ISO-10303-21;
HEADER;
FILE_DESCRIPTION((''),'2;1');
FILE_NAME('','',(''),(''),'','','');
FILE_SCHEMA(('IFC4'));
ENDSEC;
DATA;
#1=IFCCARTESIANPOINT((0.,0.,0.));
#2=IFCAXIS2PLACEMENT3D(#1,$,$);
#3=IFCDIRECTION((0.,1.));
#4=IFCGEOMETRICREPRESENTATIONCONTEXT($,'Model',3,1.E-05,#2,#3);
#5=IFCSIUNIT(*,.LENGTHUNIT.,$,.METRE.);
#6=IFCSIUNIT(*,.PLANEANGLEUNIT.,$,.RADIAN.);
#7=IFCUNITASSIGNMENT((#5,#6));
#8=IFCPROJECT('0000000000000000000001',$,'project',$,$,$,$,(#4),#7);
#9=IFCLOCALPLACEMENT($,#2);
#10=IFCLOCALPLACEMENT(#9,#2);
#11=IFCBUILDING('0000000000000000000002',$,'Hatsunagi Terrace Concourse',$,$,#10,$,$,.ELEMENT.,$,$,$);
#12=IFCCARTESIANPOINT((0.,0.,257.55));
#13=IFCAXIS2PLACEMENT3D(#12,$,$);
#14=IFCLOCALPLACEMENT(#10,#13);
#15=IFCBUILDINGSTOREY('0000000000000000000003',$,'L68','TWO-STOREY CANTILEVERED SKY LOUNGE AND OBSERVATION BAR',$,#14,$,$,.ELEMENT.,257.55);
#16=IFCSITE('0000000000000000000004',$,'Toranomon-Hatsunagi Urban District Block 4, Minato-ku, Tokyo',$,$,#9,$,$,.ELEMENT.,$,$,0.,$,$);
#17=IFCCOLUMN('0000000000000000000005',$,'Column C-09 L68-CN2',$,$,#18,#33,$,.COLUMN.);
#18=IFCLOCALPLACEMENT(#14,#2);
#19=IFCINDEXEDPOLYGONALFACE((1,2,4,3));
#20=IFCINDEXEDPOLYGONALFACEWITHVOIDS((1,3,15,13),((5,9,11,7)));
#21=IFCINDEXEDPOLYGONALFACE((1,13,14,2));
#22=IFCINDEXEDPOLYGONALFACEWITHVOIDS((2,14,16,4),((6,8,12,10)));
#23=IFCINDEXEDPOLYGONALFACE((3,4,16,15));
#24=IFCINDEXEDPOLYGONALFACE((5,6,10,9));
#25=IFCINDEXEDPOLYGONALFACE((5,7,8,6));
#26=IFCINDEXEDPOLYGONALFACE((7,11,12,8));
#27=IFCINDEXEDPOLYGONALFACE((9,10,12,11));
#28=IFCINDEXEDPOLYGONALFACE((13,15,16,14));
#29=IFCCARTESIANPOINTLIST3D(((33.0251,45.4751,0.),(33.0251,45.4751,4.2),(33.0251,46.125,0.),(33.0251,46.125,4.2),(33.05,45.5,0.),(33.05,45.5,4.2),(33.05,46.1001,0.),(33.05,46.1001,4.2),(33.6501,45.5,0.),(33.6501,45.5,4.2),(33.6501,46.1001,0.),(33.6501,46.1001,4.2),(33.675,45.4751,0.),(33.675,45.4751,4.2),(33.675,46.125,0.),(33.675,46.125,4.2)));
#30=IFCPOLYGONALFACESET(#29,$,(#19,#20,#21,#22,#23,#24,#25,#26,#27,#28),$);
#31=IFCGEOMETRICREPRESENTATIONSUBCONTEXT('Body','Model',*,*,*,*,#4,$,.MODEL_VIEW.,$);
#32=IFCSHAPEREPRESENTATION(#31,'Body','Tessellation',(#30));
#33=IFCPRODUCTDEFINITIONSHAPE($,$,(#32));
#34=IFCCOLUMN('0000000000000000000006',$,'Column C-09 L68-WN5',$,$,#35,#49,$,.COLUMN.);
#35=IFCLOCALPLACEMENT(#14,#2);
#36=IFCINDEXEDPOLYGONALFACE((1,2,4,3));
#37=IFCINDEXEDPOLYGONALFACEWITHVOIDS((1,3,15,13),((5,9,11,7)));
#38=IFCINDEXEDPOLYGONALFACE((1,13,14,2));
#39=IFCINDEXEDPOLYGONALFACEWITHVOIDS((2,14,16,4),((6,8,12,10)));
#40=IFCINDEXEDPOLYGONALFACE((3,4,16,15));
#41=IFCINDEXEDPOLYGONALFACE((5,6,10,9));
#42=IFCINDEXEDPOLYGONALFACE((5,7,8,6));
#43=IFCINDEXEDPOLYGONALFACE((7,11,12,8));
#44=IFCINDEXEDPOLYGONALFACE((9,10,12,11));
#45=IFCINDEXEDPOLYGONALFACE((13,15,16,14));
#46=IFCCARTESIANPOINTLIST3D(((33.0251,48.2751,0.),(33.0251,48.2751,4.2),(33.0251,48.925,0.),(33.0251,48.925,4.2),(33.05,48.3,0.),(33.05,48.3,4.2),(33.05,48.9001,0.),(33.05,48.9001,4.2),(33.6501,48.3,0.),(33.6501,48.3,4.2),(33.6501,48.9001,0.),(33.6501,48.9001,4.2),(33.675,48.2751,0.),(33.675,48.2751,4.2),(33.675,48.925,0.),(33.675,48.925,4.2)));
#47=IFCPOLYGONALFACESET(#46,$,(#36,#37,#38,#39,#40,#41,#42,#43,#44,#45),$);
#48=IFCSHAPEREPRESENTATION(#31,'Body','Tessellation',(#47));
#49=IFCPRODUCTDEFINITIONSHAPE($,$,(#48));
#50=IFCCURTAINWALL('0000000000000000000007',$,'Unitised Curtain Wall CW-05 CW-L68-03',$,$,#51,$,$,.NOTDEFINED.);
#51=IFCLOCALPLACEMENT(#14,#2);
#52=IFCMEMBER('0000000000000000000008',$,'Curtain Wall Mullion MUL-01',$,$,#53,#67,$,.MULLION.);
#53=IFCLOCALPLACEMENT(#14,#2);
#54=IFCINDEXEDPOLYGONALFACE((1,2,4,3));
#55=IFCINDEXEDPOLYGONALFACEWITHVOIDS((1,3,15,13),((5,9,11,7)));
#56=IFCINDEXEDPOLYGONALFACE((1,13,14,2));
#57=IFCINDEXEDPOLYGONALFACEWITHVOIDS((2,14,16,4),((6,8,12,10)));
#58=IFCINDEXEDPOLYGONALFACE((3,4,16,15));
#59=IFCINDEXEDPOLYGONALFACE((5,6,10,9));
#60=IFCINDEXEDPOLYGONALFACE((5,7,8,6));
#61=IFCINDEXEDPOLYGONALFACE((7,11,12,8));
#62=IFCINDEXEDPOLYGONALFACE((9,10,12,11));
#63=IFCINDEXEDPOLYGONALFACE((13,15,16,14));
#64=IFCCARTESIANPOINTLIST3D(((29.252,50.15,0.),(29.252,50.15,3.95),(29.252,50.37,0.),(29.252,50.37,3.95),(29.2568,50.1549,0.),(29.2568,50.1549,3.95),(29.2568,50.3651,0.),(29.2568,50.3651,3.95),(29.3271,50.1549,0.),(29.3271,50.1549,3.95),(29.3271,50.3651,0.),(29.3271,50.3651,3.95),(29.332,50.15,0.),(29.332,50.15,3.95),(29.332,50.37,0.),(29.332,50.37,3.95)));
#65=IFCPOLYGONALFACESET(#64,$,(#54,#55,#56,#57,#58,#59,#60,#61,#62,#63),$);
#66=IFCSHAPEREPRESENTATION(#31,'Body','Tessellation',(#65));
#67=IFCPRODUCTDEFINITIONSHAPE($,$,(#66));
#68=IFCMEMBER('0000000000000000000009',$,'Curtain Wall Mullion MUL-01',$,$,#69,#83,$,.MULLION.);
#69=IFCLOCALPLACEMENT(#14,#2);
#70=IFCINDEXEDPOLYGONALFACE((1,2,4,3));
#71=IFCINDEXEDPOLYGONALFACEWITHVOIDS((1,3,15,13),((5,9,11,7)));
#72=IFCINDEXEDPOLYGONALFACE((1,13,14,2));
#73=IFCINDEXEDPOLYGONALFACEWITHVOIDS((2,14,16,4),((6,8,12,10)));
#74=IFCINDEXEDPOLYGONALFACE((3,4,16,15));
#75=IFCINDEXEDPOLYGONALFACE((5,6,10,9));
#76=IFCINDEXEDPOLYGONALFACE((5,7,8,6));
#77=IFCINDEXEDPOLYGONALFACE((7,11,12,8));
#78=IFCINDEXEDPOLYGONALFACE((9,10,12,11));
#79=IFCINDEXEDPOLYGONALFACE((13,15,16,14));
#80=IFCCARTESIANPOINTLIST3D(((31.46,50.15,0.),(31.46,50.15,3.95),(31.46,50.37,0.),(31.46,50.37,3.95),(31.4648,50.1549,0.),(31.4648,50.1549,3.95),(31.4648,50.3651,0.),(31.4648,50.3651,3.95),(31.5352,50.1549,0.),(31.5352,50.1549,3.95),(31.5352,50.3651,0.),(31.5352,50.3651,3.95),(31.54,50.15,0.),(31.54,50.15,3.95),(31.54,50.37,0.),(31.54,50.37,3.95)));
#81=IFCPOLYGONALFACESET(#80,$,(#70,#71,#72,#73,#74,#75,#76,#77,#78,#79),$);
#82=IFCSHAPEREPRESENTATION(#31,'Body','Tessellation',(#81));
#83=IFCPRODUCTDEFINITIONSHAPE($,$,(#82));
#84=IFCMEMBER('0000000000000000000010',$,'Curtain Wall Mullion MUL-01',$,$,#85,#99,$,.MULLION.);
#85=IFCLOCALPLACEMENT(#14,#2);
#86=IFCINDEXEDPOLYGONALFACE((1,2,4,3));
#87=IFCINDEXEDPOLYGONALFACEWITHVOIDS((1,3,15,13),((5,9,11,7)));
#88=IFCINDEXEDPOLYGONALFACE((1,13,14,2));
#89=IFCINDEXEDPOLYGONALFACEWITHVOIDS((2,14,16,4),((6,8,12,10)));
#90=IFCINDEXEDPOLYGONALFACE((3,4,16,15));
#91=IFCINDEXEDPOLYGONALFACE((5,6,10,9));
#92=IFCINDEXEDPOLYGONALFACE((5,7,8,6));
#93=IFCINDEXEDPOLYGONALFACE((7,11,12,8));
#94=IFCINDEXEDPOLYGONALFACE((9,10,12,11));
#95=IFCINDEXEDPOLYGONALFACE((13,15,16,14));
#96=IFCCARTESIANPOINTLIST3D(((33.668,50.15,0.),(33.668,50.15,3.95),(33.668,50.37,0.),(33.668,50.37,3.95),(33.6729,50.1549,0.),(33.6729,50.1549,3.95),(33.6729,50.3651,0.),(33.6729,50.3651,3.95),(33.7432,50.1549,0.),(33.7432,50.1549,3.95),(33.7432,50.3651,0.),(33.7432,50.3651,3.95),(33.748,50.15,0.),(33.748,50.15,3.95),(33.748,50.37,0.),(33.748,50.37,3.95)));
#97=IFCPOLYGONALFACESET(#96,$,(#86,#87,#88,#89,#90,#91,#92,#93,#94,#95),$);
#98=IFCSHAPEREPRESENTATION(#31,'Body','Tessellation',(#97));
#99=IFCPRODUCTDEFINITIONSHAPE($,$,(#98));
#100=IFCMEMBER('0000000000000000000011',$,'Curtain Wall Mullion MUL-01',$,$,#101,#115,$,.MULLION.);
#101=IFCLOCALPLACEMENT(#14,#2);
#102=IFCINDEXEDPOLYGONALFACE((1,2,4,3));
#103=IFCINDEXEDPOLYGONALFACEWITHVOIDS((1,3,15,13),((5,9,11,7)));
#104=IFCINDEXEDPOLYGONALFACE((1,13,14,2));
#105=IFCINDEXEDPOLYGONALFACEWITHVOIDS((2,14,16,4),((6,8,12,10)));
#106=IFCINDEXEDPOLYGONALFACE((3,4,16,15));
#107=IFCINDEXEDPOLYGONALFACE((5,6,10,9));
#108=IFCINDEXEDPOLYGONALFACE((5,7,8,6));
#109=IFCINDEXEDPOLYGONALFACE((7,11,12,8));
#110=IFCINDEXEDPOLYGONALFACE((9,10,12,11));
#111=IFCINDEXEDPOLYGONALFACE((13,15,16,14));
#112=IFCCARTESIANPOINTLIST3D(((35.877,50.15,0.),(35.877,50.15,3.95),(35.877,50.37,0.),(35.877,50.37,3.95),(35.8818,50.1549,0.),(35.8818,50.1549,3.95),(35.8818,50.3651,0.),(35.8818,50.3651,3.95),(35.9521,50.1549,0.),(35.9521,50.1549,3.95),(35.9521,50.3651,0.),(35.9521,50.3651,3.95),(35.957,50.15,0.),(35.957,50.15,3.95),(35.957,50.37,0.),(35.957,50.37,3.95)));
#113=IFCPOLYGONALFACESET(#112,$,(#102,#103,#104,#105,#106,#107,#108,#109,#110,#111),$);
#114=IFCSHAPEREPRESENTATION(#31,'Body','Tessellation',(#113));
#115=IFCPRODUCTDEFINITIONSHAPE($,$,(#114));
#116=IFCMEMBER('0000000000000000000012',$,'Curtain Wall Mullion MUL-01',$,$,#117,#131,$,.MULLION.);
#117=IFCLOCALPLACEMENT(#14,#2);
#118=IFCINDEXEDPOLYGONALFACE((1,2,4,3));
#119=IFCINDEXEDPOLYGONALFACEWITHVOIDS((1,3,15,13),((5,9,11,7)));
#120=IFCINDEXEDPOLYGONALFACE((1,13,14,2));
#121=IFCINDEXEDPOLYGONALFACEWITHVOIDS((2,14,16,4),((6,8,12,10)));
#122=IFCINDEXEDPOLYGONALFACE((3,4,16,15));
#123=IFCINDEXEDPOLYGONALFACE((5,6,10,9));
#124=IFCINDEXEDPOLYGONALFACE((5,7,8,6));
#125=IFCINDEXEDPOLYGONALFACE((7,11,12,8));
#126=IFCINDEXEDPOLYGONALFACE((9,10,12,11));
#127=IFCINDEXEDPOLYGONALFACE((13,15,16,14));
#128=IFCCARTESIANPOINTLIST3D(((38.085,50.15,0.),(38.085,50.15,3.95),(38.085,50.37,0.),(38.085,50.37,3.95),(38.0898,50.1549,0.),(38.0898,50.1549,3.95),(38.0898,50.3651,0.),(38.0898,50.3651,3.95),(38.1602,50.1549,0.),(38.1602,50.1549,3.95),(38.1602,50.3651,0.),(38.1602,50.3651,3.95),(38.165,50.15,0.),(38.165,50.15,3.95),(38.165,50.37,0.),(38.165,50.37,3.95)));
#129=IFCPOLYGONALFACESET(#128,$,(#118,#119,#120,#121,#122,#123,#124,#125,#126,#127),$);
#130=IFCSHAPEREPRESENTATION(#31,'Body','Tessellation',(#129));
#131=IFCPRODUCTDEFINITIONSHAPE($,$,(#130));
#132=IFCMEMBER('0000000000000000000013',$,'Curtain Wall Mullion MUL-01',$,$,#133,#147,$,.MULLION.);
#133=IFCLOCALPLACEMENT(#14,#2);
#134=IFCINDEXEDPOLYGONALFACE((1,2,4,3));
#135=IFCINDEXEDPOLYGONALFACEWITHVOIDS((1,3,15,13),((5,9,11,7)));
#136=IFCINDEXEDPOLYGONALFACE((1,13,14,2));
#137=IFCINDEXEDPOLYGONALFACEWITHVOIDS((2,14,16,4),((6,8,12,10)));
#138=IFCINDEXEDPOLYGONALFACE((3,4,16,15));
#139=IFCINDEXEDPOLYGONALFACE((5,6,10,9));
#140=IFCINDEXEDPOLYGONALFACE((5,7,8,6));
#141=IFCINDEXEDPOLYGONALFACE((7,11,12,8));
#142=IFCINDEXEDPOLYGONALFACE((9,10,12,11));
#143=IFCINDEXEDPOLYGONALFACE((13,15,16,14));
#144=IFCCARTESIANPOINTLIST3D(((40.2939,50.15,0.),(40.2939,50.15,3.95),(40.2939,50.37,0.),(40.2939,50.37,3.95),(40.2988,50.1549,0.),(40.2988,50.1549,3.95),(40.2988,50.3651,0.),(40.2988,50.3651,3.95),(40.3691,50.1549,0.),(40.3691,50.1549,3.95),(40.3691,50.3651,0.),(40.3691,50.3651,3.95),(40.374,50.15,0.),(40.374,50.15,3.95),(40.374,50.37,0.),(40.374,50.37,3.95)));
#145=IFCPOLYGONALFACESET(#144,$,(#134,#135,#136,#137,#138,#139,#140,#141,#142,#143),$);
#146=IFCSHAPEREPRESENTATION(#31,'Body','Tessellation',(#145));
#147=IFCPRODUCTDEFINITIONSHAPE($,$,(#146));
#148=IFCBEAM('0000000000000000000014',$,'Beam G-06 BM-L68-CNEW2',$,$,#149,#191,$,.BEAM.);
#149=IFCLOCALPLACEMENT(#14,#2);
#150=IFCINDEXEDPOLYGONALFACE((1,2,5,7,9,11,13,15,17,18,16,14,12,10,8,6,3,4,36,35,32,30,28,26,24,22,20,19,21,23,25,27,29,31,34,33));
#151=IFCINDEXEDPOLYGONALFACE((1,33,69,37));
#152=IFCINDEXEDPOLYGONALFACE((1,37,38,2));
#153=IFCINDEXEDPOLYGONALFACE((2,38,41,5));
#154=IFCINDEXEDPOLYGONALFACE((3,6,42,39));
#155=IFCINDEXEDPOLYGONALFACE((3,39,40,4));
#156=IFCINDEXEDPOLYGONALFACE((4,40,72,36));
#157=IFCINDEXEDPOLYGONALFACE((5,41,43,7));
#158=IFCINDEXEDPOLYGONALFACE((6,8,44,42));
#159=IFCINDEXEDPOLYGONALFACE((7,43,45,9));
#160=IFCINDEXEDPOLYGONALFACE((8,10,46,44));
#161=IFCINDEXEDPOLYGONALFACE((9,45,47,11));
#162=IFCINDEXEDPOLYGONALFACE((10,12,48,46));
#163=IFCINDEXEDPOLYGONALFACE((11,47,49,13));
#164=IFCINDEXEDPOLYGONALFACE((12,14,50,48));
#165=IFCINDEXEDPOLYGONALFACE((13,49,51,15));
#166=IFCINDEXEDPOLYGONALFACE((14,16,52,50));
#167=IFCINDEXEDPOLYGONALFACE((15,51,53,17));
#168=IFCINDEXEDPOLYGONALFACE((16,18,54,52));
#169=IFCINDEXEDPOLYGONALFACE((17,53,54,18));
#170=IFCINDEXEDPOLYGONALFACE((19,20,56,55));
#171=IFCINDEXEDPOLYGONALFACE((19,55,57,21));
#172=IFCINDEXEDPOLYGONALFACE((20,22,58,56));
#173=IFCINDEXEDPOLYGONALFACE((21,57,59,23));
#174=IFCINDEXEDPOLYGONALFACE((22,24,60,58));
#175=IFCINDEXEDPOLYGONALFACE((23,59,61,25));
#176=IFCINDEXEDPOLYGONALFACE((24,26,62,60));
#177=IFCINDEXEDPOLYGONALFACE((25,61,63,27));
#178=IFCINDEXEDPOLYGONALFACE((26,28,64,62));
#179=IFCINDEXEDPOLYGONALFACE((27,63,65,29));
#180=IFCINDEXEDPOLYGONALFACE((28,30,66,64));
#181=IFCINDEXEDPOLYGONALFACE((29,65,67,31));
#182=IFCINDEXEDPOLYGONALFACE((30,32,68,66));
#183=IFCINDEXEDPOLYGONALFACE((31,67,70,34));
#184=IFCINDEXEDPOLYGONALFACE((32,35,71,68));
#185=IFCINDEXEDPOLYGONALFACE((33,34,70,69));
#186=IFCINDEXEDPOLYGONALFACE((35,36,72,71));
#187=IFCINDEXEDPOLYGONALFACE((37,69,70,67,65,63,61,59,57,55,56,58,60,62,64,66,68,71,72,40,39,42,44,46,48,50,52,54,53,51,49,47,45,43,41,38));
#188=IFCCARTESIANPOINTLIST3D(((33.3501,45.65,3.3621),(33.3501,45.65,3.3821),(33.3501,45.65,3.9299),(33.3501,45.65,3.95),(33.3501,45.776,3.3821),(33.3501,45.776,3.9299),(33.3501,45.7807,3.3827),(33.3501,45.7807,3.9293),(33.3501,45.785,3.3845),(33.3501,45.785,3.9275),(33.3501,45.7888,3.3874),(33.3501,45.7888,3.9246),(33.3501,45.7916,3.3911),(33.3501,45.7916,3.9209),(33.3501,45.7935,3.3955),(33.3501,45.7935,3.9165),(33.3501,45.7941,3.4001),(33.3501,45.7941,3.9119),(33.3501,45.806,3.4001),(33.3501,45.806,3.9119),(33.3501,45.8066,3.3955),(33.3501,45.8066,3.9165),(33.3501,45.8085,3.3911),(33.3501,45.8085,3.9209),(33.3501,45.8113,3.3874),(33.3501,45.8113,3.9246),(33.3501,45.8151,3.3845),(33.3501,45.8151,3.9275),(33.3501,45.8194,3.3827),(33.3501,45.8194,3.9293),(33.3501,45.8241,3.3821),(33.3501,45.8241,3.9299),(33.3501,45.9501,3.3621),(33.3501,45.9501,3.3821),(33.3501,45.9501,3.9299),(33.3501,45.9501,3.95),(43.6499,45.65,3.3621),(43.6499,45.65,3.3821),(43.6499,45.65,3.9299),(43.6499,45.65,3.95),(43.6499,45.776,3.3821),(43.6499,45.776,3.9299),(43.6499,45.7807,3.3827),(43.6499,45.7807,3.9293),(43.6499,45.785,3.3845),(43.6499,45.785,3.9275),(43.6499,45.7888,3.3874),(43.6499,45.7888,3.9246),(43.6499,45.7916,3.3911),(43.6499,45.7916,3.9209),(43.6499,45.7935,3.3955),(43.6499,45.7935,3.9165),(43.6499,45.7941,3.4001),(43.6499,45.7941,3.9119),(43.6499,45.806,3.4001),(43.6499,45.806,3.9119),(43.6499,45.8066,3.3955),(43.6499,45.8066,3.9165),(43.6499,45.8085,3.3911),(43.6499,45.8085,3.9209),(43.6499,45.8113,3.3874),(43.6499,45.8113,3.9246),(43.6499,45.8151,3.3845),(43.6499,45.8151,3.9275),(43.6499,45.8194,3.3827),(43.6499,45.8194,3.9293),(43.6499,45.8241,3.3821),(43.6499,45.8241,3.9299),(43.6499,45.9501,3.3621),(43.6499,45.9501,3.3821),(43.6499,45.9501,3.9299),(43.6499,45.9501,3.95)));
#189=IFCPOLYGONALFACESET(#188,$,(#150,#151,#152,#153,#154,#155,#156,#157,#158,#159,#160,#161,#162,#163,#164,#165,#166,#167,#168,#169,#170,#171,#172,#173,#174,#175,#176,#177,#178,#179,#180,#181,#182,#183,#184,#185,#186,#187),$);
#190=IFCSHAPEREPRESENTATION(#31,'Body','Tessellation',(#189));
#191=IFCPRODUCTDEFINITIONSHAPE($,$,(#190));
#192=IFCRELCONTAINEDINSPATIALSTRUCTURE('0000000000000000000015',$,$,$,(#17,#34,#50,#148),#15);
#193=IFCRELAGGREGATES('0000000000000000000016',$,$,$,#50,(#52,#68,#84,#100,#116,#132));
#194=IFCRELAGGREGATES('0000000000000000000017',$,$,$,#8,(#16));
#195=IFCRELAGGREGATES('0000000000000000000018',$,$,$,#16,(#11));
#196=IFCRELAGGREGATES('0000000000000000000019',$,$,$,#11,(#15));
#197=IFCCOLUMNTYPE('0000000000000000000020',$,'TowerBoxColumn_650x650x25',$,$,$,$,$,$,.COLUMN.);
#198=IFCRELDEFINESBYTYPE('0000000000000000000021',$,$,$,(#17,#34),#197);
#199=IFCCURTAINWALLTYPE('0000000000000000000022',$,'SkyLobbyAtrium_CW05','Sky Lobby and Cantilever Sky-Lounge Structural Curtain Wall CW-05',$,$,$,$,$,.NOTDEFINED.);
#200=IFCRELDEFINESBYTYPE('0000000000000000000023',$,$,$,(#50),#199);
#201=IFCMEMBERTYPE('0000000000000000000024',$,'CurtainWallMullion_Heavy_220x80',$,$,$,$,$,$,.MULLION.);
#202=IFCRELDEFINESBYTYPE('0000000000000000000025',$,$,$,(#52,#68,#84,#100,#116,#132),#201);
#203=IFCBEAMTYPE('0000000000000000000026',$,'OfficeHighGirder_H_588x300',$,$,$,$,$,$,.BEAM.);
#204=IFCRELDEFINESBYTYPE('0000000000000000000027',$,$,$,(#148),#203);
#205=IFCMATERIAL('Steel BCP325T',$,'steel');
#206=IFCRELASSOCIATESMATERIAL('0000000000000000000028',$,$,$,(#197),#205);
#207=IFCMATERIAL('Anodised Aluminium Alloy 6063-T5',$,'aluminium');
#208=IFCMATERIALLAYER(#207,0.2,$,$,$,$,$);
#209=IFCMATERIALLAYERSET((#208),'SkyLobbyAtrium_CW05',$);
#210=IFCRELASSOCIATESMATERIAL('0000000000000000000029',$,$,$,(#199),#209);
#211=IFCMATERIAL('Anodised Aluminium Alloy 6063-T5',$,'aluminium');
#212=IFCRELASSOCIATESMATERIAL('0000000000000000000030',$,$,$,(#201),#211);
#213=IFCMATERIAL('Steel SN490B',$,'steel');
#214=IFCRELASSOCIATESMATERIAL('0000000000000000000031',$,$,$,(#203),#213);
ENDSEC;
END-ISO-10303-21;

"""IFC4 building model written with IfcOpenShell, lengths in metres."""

from ifc_helpers import new_model, si_unit, direction, frame, origin, origin_2d, place, context, subcontext, project, spatial, hollow_rectangle, i_section, extrude, material, layer, layer_set, material_profile, profile_set, type_object, element, aggregate, save


model = new_model("IFC4")

# Units and contexts
model_context = context("Model", 3, precision=1e-05, world=origin(), true_north=direction((0.0, 1.0)))
body_context = subcontext(model_context, "Body", "Model", "MODEL_VIEW")
ifc_project = project(units=[si_unit("LENGTHUNIT", "METRE"), si_unit("PLANEANGLEUNIT", "RADIAN")], contexts=[model_context])

# Site, building, storey
site_placement = place(None, origin())
site = spatial("IfcSite", under=ifc_project, at=site_placement, Name="Toranomon-Hatsunagi Urban District Block 4, Minato-ku, Tokyo", CompositionType="ELEMENT", RefElevation=0.0)
building_placement = place(site_placement, origin())
building = spatial("IfcBuilding", under=site, at=building_placement, Name="Hatsunagi Terrace Concourse", CompositionType="ELEMENT")
storey_placement = place(building_placement, frame((0.0, 0.0, 257.55)))
storey = spatial("IfcBuildingStorey", under=building, at=storey_placement, Name="L68", Description="TWO-STOREY CANTILEVERED SKY LOUNGE AND OBSERVATION BAR", CompositionType="ELEMENT", Elevation=257.55)

# Columns
ifc_material_1 = material(Name="Steel BCP325T", Category="steel")
ifc_material_profile_1 = material_profile(ifc_material_1, hollow_rectangle(XDim=0.6499, YDim=0.6499, WallThickness=0.0249, at=origin_2d()), Name="BCP-650x650x25")
ifc_profile_set_1 = profile_set([ifc_material_profile_1], Name="Steel BCP325T")
column_type = type_object("IfcColumnType", Name="TowerBoxColumn_650x650x25", PredefinedType="COLUMN", material=ifc_profile_set_1)
for number, where, z_axis, x_axis, name in (
    (1, (33.3501, 45.8, 0.0), (0.0, 0.0, 1.0), (1.0, 0.0, 0.0), "Column C-09 L68-CN2"),
    (2, (33.3501, 48.6001, 0.0), (0.0, 0.0, 1.0), (1.0, 0.0, 0.0), "Column C-09 L68-WN5"),
):
    element("IfcColumn", number, at=place(storey_placement, frame(where, z_axis=z_axis, x_axis=x_axis)), inside=storey, type_object=column_type, Name=name, PredefinedType="COLUMN", context=body_context, shape_type="SweptSolid", body=[
        extrude(hollow_rectangle(XDim=0.6499, YDim=0.6499, WallThickness=0.0249, at=origin_2d()), origin(), (0.0, 0.0, 1.0), 4.2),
    ])

# Curtain wall, members
ifc_material_2 = material(Name="Anodised Aluminium Alloy 6063-T5", Category="aluminium")
ifc_layer_1 = layer(ifc_material_2, 0.2)
ifc_layer_set_1 = layer_set([ifc_layer_1], Name="SkyLobbyAtrium_CW05")
curtain_wall_type = type_object("IfcCurtainWallType", Name="SkyLobbyAtrium_CW05", Description="Sky Lobby and Cantilever Sky-Lounge Structural Curtain Wall CW-05", PredefinedType="NOTDEFINED", material=ifc_layer_set_1)
curtain_wall_placement = place(storey_placement, origin())
curtain_wall = element("IfcCurtainWall", 3, at=curtain_wall_placement, inside=storey, type_object=curtain_wall_type, Name="Unitised Curtain Wall CW-05 CW-L68-03", PredefinedType="NOTDEFINED")
ifc_material_3 = material(Name="Anodised Aluminium Alloy 6063-T5", Category="aluminium")
ifc_material_profile_2 = material_profile(ifc_material_3, hollow_rectangle(XDim=0.0801, YDim=0.22, WallThickness=0.0049, at=origin_2d()), Name="ALU-MUL-220x80x5")
ifc_profile_set_2 = profile_set([ifc_material_profile_2], Name="Anodised Aluminium Alloy 6063-T5")
member_type = type_object("IfcMemberType", Name="CurtainWallMullion_Heavy_220x80", PredefinedType="MULLION", material=ifc_profile_set_2)
member_1_placement = place(storey_placement, frame((29.292, 50.26, 0.0), z_axis=(0.0, 0.0, 1.0), x_axis=(1.0, 0.0, 0.0)))
member_1 = element("IfcMember", 4, at=member_1_placement, type_object=member_type, Name="Curtain Wall Mullion MUL-01", PredefinedType="MULLION", context=body_context, shape_type="SweptSolid", body=[
    extrude(hollow_rectangle(XDim=0.0801, YDim=0.22, WallThickness=0.0049, at=origin_2d()), origin(), (0.0, 0.0, 1.0), 3.95),
])
member_2_placement = place(storey_placement, frame((31.5, 50.26, 0.0), z_axis=(0.0, 0.0, 1.0), x_axis=(1.0, 0.0, 0.0)))
member_2 = element("IfcMember", 5, at=member_2_placement, type_object=member_type, Name="Curtain Wall Mullion MUL-01", PredefinedType="MULLION", context=body_context, shape_type="SweptSolid", body=[
    extrude(hollow_rectangle(XDim=0.0801, YDim=0.22, WallThickness=0.0049, at=origin_2d()), origin(), (0.0, 0.0, 1.0), 3.95),
])
member_3_placement = place(storey_placement, frame((33.708, 50.26, 0.0), z_axis=(0.0, 0.0, 1.0), x_axis=(1.0, 0.0, 0.0)))
member_3 = element("IfcMember", 6, at=member_3_placement, type_object=member_type, Name="Curtain Wall Mullion MUL-01", PredefinedType="MULLION", context=body_context, shape_type="SweptSolid", body=[
    extrude(hollow_rectangle(XDim=0.0801, YDim=0.22, WallThickness=0.0049, at=origin_2d()), origin(), (0.0, 0.0, 1.0), 3.95),
])
member_4_placement = place(storey_placement, frame((35.917, 50.26, 0.0), z_axis=(0.0, 0.0, 1.0), x_axis=(1.0, 0.0, 0.0)))
member_4 = element("IfcMember", 7, at=member_4_placement, type_object=member_type, Name="Curtain Wall Mullion MUL-01", PredefinedType="MULLION", context=body_context, shape_type="SweptSolid", body=[
    extrude(hollow_rectangle(XDim=0.0801, YDim=0.22, WallThickness=0.0049, at=origin_2d()), origin(), (0.0, 0.0, 1.0), 3.95),
])
member_5_placement = place(storey_placement, frame((38.125, 50.26, 0.0), z_axis=(0.0, 0.0, 1.0), x_axis=(1.0, 0.0, 0.0)))
member_5 = element("IfcMember", 8, at=member_5_placement, type_object=member_type, Name="Curtain Wall Mullion MUL-01", PredefinedType="MULLION", context=body_context, shape_type="SweptSolid", body=[
    extrude(hollow_rectangle(XDim=0.0801, YDim=0.22, WallThickness=0.0049, at=origin_2d()), origin(), (0.0, 0.0, 1.0), 3.95),
])
member_6_placement = place(storey_placement, frame((40.334, 50.26, 0.0), z_axis=(0.0, 0.0, 1.0), x_axis=(1.0, 0.0, 0.0)))
member_6 = element("IfcMember", 9, at=member_6_placement, type_object=member_type, Name="Curtain Wall Mullion MUL-01", PredefinedType="MULLION", context=body_context, shape_type="SweptSolid", body=[
    extrude(hollow_rectangle(XDim=0.0801, YDim=0.22, WallThickness=0.0049, at=origin_2d()), origin(), (0.0, 0.0, 1.0), 3.95),
])

# Beam
ifc_material_4 = material(Name="Steel SN490B", Category="steel")
ifc_material_profile_3 = material_profile(ifc_material_4, i_section(OverallWidth=0.3, OverallDepth=0.5879, WebThickness=0.012, FlangeThickness=0.02, FilletRadius=0.0181, at=origin_2d()), Name="H-588x300x12x20")
ifc_profile_set_3 = profile_set([ifc_material_profile_3], Name="Steel SN490B")
beam_type_1 = type_object("IfcBeamType", Name="OfficeHighGirder_H_588x300", PredefinedType="BEAM", material=ifc_profile_set_3)
beam_1_placement = place(storey_placement, frame((33.3501, 45.8, 3.656), z_axis=(1.0, 0.0, 0.0), x_axis=(0.0, 1.0, 0.0)))
element("IfcBeam", 10, at=beam_1_placement, inside=storey, type_object=beam_type_1, Name="Beam G-06 BM-L68-CNEW2", PredefinedType="BEAM", context=body_context, shape_type="SweptSolid", body=[
    extrude(i_section(OverallWidth=0.3, OverallDepth=0.5879, WebThickness=0.012, FlangeThickness=0.02, FilletRadius=0.0181, at=origin_2d()), origin(), (0.0, 0.0, 1.0), 10.2998),
])

aggregate(curtain_wall, [member_1, member_2, member_3, member_4, member_5, member_6])

save(model, "model.ifc")
